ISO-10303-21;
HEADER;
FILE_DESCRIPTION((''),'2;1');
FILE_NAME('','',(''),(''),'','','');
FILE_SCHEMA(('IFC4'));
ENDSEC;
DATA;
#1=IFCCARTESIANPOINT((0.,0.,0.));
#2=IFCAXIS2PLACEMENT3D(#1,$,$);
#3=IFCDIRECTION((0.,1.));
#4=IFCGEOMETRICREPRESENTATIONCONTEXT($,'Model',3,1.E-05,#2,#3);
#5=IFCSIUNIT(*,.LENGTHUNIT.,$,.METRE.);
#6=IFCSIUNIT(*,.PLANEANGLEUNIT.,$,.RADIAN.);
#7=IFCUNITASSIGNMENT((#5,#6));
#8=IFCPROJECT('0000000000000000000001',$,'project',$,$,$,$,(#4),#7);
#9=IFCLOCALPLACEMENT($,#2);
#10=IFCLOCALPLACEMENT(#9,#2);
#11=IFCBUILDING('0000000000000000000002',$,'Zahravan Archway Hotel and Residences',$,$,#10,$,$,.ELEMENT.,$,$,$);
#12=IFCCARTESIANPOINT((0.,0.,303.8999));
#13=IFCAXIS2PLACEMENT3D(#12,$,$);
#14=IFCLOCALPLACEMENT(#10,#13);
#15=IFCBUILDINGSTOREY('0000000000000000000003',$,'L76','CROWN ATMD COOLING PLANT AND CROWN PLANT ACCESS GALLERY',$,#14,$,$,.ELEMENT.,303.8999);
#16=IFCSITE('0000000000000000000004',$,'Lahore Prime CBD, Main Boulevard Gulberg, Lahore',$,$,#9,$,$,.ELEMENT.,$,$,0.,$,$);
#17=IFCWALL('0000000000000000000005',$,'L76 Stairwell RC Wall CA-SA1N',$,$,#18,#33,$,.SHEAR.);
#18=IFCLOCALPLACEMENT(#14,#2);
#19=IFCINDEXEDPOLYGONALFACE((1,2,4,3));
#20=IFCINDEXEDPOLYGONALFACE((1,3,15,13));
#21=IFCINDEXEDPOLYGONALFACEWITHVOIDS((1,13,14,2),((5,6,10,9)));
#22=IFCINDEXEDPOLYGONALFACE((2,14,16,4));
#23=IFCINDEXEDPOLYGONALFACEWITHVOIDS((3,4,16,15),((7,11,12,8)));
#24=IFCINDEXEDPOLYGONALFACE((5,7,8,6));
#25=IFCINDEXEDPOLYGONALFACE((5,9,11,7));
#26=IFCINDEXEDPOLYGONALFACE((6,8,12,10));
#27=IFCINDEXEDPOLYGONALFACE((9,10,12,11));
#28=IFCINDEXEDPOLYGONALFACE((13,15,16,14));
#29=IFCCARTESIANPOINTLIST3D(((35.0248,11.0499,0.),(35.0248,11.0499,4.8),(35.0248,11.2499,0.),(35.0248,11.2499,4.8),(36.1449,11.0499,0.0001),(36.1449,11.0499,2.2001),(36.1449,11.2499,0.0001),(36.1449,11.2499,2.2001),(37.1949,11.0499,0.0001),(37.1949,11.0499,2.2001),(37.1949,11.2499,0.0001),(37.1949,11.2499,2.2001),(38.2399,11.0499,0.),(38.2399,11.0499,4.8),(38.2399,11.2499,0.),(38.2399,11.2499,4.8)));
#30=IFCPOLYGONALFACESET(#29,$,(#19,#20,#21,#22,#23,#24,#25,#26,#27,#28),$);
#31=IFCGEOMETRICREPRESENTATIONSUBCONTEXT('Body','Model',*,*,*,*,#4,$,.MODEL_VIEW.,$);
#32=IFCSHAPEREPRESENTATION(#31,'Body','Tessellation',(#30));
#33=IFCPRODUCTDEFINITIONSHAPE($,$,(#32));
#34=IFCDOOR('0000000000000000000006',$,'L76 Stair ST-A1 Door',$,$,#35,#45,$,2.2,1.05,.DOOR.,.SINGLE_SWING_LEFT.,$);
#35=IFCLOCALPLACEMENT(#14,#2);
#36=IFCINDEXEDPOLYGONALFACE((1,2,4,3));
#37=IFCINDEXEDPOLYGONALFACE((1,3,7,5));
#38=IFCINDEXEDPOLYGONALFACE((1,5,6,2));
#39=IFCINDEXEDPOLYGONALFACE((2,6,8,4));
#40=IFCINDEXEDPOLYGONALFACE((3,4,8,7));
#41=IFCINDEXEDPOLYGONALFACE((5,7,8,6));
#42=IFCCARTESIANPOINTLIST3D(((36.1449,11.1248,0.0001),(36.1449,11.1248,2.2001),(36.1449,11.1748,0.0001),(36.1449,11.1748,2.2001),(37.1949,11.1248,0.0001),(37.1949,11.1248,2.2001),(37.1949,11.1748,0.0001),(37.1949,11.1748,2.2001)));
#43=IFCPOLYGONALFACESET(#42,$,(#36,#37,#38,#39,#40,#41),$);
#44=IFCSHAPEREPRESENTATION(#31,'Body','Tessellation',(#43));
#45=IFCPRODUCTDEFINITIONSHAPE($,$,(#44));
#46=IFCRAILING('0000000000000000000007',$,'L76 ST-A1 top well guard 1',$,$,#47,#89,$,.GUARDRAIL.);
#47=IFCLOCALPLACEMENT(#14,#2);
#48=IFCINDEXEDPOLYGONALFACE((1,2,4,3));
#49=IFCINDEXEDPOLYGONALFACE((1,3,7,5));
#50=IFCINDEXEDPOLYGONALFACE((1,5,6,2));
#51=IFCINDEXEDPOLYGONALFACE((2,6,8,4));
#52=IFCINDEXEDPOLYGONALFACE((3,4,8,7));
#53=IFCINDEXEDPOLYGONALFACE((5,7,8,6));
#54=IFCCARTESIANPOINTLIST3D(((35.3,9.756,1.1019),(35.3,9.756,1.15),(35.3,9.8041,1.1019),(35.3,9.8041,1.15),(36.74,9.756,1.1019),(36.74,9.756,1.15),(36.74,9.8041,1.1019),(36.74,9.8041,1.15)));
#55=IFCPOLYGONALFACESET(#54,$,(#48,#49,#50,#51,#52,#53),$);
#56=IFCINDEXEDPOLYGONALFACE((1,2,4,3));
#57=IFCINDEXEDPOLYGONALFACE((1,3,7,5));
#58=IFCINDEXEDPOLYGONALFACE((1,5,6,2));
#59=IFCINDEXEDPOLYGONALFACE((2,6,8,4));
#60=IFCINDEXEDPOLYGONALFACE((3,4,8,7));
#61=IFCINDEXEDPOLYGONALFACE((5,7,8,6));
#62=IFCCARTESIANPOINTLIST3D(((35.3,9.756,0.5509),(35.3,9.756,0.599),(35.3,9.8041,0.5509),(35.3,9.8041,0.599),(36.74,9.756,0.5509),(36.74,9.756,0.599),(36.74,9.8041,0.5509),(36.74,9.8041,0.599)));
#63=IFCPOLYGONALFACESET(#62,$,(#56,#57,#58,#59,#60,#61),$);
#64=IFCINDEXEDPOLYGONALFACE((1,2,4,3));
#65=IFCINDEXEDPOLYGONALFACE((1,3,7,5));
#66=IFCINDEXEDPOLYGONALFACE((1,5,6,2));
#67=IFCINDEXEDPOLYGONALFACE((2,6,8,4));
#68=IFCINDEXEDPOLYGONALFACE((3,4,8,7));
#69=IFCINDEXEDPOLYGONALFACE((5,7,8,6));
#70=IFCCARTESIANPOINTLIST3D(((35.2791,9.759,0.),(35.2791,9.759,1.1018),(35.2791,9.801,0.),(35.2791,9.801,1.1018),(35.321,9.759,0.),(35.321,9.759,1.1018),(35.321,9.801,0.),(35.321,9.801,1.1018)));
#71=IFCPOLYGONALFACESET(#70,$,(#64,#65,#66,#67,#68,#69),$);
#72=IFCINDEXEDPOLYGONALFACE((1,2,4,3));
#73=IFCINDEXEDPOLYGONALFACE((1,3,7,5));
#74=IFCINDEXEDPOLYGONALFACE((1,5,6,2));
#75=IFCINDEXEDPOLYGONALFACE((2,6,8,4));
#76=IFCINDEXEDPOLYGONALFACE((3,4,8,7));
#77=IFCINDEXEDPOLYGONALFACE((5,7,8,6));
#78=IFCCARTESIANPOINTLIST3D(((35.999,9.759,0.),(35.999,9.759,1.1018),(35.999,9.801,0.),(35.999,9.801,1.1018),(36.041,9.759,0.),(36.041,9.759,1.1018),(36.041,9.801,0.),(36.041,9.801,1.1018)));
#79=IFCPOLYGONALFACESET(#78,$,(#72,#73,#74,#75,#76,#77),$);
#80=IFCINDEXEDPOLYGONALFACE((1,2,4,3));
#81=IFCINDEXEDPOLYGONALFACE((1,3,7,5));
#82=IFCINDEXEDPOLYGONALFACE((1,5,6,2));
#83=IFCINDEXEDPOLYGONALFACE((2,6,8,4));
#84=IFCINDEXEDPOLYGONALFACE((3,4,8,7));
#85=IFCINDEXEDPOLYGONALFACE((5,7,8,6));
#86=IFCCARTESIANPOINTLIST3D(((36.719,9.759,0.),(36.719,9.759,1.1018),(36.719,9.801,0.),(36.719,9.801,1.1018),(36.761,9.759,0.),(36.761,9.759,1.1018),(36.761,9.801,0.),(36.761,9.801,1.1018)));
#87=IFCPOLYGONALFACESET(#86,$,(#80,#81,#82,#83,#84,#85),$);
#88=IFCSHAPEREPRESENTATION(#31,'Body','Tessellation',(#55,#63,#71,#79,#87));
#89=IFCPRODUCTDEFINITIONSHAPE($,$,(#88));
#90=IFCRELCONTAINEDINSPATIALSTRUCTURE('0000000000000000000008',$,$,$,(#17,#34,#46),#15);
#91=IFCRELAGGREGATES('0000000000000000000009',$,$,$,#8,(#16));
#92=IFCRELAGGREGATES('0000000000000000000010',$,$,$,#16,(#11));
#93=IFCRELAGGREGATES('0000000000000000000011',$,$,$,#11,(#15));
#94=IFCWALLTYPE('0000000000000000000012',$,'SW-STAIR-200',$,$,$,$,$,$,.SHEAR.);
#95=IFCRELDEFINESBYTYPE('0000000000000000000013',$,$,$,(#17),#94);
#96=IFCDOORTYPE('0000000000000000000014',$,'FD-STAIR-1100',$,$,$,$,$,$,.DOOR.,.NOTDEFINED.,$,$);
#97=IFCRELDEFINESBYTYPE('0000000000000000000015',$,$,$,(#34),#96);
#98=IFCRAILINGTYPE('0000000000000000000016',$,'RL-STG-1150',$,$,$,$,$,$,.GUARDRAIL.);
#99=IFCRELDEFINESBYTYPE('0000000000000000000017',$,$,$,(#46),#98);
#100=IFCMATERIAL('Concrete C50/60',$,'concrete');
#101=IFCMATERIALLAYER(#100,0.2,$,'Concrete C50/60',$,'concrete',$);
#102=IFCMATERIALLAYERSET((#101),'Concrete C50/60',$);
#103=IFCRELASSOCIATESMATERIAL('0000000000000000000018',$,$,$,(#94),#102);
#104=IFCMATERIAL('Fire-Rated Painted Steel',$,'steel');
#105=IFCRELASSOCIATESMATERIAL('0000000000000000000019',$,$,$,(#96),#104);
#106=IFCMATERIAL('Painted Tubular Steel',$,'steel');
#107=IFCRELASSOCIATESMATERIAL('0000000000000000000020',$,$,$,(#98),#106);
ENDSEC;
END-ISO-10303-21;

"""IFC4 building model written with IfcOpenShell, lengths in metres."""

from ifc_helpers import new_model, si_unit, direction, frame, frame_2d, origin, origin_2d, place, context, subcontext, project, spatial, rectangle, extrude, source, transform, mapped, material, layer, layer_set, type_object, type_shapes, element, fill, save


model = new_model("IFC4")

# Units and contexts
model_context = context("Model", 3, precision=1e-05, world=origin(), true_north=direction((0.0, 1.0)))
body_context = subcontext(model_context, "Body", "Model", "MODEL_VIEW")
ifc_project = project(units=[si_unit("LENGTHUNIT", "METRE"), si_unit("PLANEANGLEUNIT", "RADIAN")], contexts=[model_context])

# Site, building, storey
site_placement = place(None, origin())
site = spatial("IfcSite", under=ifc_project, at=site_placement, Name="Lahore Prime CBD, Main Boulevard Gulberg, Lahore", CompositionType="ELEMENT", RefElevation=0.0)
building_placement = place(site_placement, origin())
building = spatial("IfcBuilding", under=site, at=building_placement, Name="Zahravan Archway Hotel and Residences", CompositionType="ELEMENT")
storey_placement = place(building_placement, frame((0.0, 0.0, 303.8999)))
storey = spatial("IfcBuildingStorey", under=building, at=storey_placement, Name="L76", Description="CROWN ATMD COOLING PLANT AND CROWN PLANT ACCESS GALLERY", CompositionType="ELEMENT", Elevation=303.8999)

# Shared definitions
ifc_material_1 = material(Name="Fire-Rated Painted Steel", Category="steel")

# Wall, opening, door
ifc_material_2 = material(Name="Concrete C50/60", Category="concrete")
ifc_layer_1 = layer(ifc_material_2, 0.2, Name="Concrete C50/60", Category="concrete")
ifc_layer_set_1 = layer_set([ifc_layer_1], Name="Concrete C50/60")
wall_type_1 = type_object("IfcWallType", Name="SW-STAIR-200", PredefinedType="SHEAR", material=ifc_layer_set_1)
wall_1_placement = place(storey_placement, frame((35.0249, 11.1499, 0.0), z_axis=(0.0, 0.0, 1.0), x_axis=(1.0, 0.0, 0.0)))
wall_1 = element("IfcWall", 1, at=wall_1_placement, inside=storey, type_object=wall_type_1, Name="L76 Stairwell RC Wall CA-SA1N", PredefinedType="SHEAR", context=body_context, shape_type="SweptSolid", body=[
    extrude(rectangle(XDim=3.2151, YDim=0.2, at=frame_2d((1.6074, 0.0))), origin(), (0.0, 0.0, 1.0), 4.8),
])
opening_1_placement = place(wall_1_placement, frame((1.1201, 0.0, 0.0)))
opening_1 = element("IfcOpeningElement", 2, at=opening_1_placement, cuts=wall_1, PredefinedType="OPENING", context=body_context, shape_type="SweptSolid", body=[
    extrude(rectangle(XDim=1.05, YDim=2.2, at=frame_2d((0.5249, 1.1001))), frame((0.0, 0.1099, 0.0), z_axis=(0.0, -1.0, 0.0), x_axis=(1.0, 0.0, 0.0)), (0.0, 0.0, 1.0), 0.22),
])
door_type_1 = type_object("IfcDoorType", Name="FD-STAIR-1100", OperationType="NOTDEFINED", PredefinedType="DOOR", material=ifc_material_1)
shared_shape_1 = source(origin(), body_context, "Body", "SweptSolid", [
    extrude(rectangle(XDim=1.05, YDim=2.2, at=frame_2d((0.5249, 1.1001))), frame((0.0, 0.0249, 0.0), z_axis=(0.0, -1.0, 0.0), x_axis=(1.0, 0.0, 0.0)), (0.0, 0.0, 1.0), 0.05),
])
type_shapes(door_type_1, [shared_shape_1])
door_1_placement = place(opening_1_placement, origin())
door_1 = element("IfcDoor", 3, at=door_1_placement, inside=storey, type_object=door_type_1, Name="L76 Stair ST-A1 Door", OperationType="SINGLE_SWING_LEFT", OverallHeight=2.2, OverallWidth=1.05, PredefinedType="DOOR", context=body_context, shape_type="MappedRepresentation", body=[
    mapped(shared_shape_1, transform((0.0, 0.0, 0.0), scale=1.0)),
])
fill(opening_1, door_1)

# Railing
ifc_material_3 = material(Name="Painted Tubular Steel", Category="steel")
railing_type = type_object("IfcRailingType", Name="RL-STG-1150", PredefinedType="GUARDRAIL", material=ifc_material_3)
railing_placement = place(storey_placement, frame((35.3, 9.78, 0.0)))
element("IfcRailing", 4, at=railing_placement, inside=storey, type_object=railing_type, Name="L76 ST-A1 top well guard 1", PredefinedType="GUARDRAIL", context=body_context, shape_type="SweptSolid", body=[
    extrude(rectangle(XDim=0.0481, YDim=0.0481, at=origin_2d()), frame((0.0, 0.0, 1.126), z_axis=(1.0, 0.0, 0.0), x_axis=(0.0, 1.0, 0.0)), (0.0, 0.0, 1.0), 1.4399),
    extrude(rectangle(XDim=0.0481, YDim=0.0481, at=origin_2d()), frame((0.0, 0.0, 0.575), z_axis=(1.0, 0.0, 0.0), x_axis=(0.0, 1.0, 0.0)), (0.0, 0.0, 1.0), 1.4399),
    extrude(rectangle(XDim=0.042, YDim=0.042, at=origin_2d()), origin(), (0.0, 0.0, 1.0), 1.1018),
    extrude(rectangle(XDim=0.042, YDim=0.042, at=origin_2d()), frame((0.72, 0.0, 0.0)), (0.0, 0.0, 1.0), 1.1018),
    extrude(rectangle(XDim=0.042, YDim=0.042, at=origin_2d()), frame((1.4399, 0.0, 0.0)), (0.0, 0.0, 1.0), 1.1018),
])

save(model, "model.ifc")
